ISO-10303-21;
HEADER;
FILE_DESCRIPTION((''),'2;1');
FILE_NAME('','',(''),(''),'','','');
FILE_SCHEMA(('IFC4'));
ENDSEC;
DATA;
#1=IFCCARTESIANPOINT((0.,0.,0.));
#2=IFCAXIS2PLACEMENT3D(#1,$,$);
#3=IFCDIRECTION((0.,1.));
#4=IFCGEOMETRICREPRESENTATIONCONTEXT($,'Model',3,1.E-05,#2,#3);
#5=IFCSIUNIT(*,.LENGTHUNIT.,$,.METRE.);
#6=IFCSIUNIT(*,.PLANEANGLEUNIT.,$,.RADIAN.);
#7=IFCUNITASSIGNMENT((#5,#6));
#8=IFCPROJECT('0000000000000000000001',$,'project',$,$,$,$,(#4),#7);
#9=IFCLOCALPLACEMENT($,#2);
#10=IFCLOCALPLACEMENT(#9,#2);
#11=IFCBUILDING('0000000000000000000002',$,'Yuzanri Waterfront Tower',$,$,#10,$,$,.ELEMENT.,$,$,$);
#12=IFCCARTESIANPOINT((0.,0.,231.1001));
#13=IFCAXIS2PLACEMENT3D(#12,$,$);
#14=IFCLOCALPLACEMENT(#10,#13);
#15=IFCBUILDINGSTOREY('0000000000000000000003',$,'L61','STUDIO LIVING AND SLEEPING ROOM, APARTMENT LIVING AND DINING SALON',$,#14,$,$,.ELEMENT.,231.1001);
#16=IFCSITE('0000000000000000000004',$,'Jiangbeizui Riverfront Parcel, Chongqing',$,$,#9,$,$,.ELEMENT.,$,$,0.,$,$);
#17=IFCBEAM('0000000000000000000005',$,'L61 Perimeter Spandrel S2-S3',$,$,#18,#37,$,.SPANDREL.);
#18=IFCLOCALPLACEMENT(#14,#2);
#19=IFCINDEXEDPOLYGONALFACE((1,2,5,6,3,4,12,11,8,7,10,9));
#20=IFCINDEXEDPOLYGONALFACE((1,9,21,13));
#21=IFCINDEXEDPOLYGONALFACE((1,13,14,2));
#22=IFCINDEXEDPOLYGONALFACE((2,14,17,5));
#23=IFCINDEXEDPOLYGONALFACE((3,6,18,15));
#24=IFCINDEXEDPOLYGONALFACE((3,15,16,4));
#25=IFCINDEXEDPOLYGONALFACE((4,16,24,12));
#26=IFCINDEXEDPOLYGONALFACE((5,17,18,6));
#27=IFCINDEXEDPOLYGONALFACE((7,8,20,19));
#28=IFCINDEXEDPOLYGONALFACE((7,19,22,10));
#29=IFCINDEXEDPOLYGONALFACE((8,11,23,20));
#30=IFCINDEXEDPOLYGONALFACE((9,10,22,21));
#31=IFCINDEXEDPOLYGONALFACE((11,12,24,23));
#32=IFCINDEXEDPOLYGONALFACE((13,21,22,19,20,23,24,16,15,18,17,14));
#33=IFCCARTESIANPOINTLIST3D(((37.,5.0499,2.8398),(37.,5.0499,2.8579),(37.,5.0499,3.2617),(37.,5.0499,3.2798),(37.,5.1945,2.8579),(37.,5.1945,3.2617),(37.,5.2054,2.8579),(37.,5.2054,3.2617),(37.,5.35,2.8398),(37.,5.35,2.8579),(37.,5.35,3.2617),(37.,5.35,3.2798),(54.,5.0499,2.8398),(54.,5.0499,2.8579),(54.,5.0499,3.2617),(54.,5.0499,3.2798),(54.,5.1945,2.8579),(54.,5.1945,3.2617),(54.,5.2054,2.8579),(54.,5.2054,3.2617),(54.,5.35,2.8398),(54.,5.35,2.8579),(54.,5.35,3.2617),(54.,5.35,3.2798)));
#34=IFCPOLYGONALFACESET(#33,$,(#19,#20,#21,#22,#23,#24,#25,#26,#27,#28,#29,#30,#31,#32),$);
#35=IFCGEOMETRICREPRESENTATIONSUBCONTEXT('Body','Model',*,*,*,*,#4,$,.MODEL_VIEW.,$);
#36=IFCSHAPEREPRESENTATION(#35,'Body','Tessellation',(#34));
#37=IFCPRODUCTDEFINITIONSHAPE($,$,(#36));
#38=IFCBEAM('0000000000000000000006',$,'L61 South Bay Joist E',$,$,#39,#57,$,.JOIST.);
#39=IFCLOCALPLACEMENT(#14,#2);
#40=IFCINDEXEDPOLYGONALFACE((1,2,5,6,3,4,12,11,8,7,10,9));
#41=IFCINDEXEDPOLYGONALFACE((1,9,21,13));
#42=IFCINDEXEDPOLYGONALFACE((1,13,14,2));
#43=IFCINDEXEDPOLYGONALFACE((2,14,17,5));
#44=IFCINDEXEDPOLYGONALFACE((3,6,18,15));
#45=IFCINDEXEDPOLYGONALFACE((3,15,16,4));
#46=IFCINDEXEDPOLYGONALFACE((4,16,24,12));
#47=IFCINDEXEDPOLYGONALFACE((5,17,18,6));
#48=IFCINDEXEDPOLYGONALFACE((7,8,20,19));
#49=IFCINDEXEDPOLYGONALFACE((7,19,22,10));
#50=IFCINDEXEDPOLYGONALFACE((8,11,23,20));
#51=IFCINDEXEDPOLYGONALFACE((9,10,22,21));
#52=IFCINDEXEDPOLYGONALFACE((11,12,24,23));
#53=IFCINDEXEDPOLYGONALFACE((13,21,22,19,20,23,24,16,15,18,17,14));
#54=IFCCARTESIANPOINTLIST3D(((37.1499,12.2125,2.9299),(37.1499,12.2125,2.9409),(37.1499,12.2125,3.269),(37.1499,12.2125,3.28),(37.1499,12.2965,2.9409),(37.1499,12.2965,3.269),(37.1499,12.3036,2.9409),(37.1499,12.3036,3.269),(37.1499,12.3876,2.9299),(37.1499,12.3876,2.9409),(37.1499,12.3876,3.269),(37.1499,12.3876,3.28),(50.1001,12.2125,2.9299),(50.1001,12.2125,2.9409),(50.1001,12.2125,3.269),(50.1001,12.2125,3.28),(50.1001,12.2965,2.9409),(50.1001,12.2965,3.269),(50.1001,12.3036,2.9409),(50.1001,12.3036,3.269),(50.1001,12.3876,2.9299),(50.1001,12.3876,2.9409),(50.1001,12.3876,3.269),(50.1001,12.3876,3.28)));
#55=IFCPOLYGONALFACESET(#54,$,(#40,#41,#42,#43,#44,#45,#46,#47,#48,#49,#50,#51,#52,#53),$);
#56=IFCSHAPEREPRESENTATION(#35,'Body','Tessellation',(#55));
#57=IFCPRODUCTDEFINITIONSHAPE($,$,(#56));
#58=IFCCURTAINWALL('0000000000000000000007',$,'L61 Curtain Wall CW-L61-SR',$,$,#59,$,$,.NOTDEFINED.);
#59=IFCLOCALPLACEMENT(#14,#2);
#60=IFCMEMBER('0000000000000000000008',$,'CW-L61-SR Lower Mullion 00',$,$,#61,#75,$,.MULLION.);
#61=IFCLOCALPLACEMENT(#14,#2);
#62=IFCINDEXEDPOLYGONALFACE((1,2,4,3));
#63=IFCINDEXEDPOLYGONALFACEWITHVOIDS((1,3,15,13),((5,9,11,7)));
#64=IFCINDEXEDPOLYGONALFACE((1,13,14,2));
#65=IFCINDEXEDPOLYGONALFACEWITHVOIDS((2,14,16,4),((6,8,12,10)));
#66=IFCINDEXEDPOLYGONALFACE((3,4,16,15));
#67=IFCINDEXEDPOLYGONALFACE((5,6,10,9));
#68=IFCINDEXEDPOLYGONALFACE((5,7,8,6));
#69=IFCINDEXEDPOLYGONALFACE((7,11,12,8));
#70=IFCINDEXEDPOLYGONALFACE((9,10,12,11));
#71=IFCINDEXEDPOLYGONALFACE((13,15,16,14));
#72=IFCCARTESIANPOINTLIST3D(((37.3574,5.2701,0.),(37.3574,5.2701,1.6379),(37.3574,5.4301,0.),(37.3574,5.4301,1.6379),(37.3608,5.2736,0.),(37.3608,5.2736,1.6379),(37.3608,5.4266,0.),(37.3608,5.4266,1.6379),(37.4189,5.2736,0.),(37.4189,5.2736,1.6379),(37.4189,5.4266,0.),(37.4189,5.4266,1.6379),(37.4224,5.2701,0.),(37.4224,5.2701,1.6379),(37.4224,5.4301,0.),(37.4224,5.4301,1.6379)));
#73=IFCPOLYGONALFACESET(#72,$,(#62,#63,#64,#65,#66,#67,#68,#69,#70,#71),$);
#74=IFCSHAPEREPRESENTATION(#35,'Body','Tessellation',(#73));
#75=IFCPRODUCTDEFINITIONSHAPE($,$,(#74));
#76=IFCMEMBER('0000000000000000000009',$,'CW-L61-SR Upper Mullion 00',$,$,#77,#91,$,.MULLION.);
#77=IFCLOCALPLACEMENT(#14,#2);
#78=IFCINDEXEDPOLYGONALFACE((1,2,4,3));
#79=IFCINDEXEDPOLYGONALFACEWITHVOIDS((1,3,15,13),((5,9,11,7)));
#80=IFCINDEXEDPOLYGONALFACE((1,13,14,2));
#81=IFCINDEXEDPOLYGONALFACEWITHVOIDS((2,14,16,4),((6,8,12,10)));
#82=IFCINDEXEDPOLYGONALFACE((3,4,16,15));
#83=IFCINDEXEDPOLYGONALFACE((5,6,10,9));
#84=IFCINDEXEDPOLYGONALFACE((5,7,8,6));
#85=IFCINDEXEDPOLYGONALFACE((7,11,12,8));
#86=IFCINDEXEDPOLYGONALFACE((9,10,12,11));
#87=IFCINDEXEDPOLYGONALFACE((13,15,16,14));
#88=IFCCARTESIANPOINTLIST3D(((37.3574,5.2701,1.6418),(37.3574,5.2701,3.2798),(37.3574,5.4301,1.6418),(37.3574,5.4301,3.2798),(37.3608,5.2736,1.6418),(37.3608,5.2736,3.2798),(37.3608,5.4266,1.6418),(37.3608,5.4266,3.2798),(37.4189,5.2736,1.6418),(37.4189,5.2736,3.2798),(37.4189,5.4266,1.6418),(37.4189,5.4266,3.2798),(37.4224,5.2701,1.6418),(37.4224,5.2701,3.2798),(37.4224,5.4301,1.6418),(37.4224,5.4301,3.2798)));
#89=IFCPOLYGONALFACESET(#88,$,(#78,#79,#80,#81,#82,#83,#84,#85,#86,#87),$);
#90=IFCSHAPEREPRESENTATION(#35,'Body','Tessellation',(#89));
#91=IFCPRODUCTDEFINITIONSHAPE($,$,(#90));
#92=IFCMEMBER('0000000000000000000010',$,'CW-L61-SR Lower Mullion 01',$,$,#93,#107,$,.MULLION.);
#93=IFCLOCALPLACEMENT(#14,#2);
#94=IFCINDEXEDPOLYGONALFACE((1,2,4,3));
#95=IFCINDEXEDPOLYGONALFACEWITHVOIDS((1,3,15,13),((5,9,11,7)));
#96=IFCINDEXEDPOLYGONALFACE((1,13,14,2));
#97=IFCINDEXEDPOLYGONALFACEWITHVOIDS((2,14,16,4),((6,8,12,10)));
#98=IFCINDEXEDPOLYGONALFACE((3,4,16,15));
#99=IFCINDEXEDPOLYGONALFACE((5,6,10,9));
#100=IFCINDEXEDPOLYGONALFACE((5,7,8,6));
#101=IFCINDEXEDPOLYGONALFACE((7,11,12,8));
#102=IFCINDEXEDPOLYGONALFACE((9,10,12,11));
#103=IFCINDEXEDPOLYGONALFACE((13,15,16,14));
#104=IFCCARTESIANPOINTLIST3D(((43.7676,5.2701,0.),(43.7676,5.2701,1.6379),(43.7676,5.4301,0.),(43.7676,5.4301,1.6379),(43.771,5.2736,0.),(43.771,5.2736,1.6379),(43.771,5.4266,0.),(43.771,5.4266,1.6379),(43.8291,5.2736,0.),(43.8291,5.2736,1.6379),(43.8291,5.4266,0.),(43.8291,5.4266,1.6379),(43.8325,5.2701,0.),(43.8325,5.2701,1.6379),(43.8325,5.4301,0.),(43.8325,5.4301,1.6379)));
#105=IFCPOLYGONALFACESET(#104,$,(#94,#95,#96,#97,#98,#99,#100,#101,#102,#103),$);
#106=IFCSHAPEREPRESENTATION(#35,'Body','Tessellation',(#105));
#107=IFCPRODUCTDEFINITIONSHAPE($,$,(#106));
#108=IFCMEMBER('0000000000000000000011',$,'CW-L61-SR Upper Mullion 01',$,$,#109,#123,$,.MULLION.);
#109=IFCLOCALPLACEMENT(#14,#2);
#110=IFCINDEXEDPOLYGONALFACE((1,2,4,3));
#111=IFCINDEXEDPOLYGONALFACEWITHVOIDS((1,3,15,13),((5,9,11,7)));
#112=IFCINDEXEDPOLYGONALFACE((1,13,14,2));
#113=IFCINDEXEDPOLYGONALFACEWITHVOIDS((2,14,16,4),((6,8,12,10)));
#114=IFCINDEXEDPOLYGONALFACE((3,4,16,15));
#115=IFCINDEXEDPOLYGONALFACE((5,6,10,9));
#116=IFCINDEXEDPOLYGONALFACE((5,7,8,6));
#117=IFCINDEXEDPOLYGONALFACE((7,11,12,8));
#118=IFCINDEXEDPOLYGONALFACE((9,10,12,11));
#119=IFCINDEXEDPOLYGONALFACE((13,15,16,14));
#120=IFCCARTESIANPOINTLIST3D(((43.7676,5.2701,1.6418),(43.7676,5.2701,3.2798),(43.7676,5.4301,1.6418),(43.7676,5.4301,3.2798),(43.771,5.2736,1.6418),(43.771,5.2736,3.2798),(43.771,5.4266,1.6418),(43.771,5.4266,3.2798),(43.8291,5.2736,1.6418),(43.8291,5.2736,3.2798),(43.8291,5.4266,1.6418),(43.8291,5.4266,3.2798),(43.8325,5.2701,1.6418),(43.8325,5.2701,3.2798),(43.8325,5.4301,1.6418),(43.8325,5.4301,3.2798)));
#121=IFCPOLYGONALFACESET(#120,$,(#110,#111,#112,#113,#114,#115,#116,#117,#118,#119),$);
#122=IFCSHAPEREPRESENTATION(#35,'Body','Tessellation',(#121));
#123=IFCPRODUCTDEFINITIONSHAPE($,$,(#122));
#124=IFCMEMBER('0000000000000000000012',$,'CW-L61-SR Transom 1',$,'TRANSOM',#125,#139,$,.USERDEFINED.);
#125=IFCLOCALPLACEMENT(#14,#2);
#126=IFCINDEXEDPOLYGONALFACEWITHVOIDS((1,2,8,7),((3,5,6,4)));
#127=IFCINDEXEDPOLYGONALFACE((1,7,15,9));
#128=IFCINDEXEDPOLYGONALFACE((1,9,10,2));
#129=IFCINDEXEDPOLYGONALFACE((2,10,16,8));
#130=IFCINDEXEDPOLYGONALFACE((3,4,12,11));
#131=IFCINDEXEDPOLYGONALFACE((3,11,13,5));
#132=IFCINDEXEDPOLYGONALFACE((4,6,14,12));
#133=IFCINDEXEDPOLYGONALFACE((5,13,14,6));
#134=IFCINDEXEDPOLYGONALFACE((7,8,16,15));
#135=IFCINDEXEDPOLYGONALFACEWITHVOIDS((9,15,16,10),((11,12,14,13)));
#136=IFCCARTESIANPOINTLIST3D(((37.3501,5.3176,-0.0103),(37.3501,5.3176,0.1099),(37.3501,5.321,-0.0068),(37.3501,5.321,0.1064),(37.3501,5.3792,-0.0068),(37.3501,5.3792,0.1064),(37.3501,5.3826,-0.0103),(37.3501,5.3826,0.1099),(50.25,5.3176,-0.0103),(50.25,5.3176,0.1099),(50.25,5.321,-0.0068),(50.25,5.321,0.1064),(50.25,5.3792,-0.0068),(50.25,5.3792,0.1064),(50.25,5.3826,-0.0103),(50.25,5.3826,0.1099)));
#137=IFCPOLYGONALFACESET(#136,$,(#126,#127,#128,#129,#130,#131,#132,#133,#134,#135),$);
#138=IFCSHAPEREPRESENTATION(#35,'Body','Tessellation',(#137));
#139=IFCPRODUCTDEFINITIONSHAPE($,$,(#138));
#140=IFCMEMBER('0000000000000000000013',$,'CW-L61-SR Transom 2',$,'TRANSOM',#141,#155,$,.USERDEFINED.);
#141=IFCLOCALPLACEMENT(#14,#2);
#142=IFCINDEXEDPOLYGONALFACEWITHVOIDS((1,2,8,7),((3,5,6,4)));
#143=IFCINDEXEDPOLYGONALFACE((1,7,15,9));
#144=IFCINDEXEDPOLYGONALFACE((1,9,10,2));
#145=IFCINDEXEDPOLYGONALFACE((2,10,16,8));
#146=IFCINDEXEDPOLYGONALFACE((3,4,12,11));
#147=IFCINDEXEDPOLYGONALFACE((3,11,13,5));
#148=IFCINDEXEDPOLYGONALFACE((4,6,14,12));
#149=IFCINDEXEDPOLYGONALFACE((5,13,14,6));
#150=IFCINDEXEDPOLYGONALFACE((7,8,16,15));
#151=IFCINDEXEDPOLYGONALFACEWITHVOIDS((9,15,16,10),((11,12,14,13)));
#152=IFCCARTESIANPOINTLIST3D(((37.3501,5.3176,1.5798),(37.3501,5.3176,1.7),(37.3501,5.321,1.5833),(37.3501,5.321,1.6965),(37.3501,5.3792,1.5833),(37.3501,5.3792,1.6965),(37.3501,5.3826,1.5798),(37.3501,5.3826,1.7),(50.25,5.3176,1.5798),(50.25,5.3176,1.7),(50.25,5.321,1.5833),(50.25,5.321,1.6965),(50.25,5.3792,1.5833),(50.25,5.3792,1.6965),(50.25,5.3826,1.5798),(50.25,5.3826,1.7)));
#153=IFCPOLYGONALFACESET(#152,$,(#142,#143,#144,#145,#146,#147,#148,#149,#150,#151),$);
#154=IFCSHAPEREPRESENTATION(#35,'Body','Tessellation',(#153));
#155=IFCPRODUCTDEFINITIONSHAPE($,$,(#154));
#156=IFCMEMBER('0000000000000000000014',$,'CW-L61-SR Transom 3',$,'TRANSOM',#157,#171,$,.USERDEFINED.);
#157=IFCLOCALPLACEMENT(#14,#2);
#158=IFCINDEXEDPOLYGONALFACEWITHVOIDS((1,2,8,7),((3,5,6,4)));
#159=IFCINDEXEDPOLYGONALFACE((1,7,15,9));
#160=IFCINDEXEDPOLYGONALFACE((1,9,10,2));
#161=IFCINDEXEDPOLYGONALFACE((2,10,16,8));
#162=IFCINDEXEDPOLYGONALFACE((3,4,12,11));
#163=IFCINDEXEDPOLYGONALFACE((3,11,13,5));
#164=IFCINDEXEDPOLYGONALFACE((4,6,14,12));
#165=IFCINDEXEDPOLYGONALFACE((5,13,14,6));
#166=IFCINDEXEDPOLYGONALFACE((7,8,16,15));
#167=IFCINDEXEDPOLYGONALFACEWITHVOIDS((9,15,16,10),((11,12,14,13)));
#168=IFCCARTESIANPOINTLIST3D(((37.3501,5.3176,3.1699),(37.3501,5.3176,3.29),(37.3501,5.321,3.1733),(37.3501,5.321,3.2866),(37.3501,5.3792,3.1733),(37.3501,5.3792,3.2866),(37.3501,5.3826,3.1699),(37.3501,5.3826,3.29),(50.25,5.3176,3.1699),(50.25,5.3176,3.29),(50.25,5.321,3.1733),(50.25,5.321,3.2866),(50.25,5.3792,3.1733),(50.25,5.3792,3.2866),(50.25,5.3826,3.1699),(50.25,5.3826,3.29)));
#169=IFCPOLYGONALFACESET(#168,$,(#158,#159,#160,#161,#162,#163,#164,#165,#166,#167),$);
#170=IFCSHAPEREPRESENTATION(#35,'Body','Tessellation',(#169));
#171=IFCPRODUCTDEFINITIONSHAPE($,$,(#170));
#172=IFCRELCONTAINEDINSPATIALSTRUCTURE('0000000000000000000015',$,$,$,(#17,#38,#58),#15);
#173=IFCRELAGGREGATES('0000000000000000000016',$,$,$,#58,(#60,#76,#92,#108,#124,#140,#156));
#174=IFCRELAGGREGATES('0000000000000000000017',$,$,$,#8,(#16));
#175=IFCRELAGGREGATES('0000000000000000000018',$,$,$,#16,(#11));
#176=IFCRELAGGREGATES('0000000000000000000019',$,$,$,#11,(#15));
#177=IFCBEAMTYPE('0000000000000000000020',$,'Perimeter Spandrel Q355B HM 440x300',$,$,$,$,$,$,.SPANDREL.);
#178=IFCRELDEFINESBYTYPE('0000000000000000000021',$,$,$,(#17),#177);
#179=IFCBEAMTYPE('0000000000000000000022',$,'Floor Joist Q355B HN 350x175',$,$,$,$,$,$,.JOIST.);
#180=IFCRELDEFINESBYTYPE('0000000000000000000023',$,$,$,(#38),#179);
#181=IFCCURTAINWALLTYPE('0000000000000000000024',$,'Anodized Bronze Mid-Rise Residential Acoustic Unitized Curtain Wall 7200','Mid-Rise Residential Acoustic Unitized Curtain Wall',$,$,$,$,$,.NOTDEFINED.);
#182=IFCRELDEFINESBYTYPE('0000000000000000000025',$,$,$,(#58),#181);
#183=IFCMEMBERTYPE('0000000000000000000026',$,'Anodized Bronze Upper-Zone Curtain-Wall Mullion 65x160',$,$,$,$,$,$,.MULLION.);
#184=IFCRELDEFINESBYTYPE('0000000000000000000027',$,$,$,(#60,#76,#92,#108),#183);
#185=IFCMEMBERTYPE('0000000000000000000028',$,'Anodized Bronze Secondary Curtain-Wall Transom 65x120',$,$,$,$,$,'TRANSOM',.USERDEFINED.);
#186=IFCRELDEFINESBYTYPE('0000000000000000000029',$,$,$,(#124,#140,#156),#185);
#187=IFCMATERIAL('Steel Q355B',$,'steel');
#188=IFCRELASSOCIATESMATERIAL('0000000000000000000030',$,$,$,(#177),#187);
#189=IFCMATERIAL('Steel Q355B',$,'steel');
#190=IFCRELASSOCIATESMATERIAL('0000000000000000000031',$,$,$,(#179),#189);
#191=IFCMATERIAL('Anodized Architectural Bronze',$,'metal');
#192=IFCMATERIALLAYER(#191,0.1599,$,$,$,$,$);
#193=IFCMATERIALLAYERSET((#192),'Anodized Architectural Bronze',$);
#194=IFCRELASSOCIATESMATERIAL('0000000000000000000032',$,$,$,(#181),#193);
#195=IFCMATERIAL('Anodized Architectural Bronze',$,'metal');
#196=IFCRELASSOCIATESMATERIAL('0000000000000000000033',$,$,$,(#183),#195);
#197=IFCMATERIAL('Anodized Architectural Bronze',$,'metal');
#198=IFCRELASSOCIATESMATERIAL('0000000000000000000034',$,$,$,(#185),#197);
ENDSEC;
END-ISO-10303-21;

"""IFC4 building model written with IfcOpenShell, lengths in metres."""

from ifc_helpers import new_model, si_unit, direction, frame, origin, origin_2d, place, context, subcontext, project, spatial, hollow_rectangle, i_section, extrude, source, transform, mapped, material, layer, layer_set, material_profile, profile_set, type_object, element, aggregate, save


model = new_model("IFC4")

# Units and contexts
model_context = context("Model", 3, precision=1e-05, world=origin(), true_north=direction((0.0, 1.0)))
body_context = subcontext(model_context, "Body", "Model", "MODEL_VIEW")
ifc_project = project(units=[si_unit("LENGTHUNIT", "METRE"), si_unit("PLANEANGLEUNIT", "RADIAN")], contexts=[model_context])

# Site, building, storey
site_placement = place(None, origin())
site = spatial("IfcSite", under=ifc_project, at=site_placement, Name="Jiangbeizui Riverfront Parcel, Chongqing", CompositionType="ELEMENT", RefElevation=0.0)
building_placement = place(site_placement, origin())
building = spatial("IfcBuilding", under=site, at=building_placement, Name="Yuzanri Waterfront Tower", CompositionType="ELEMENT")
storey_placement = place(building_placement, frame((0.0, 0.0, 231.1001)))
storey = spatial("IfcBuildingStorey", under=building, at=storey_placement, Name="L61", Description="STUDIO LIVING AND SLEEPING ROOM, APARTMENT LIVING AND DINING SALON", CompositionType="ELEMENT", Elevation=231.1001)

# Beams
ifc_material_1 = material(Name="Steel Q355B", Category="steel")
ifc_material_profile_1 = material_profile(ifc_material_1, i_section(OverallWidth=0.3, OverallDepth=0.4399, WebThickness=0.011, FlangeThickness=0.0181, at=origin_2d()), Name="HM 440x300x11x18")
ifc_profile_set_1 = profile_set([ifc_material_profile_1], Name="Steel Q355B")
beam_type_1 = type_object("IfcBeamType", Name="Perimeter Spandrel Q355B HM 440x300", PredefinedType="SPANDREL", material=ifc_profile_set_1)
shared_shape_1 = source(origin(), body_context, "Body", "SweptSolid", [
    extrude(i_section(OverallWidth=0.3, OverallDepth=0.4399, WebThickness=0.011, FlangeThickness=0.0181, at=origin_2d()), origin(), (0.0, 0.0, 1.0), 17.0),
])
beam_1_placement = place(storey_placement, frame((37.0, 5.2, 3.0598), z_axis=(1.0, 0.0, 0.0), x_axis=(0.0, 1.0, 0.0)))
element("IfcBeam", 1, at=beam_1_placement, inside=storey, type_object=beam_type_1, Name="L61 Perimeter Spandrel S2-S3", PredefinedType="SPANDREL", context=body_context, shape_type="MappedRepresentation", body=[
    mapped(shared_shape_1, transform((0.0, 0.0, 0.0), scale=1.0)),
])
ifc_material_2 = material(Name="Steel Q355B", Category="steel")
ifc_material_profile_2 = material_profile(ifc_material_2, i_section(OverallWidth=0.175, OverallDepth=0.3501, WebThickness=0.0071, FlangeThickness=0.011, at=origin_2d()), Name="HN 350x175x7x11")
ifc_profile_set_2 = profile_set([ifc_material_profile_2], Name="Steel Q355B")
beam_type_2 = type_object("IfcBeamType", Name="Floor Joist Q355B HN 350x175", PredefinedType="JOIST", material=ifc_profile_set_2)
shared_shape_2 = source(origin(), body_context, "Body", "SweptSolid", [
    extrude(i_section(OverallWidth=0.175, OverallDepth=0.3501, WebThickness=0.0071, FlangeThickness=0.011, at=origin_2d()), origin(), (0.0, 0.0, 1.0), 12.9502),
])
beam_2_placement = place(storey_placement, frame((37.1499, 12.3, 3.105), z_axis=(1.0, 0.0, 0.0), x_axis=(0.0, 1.0, 0.0)))
element("IfcBeam", 2, at=beam_2_placement, inside=storey, type_object=beam_type_2, Name="L61 South Bay Joist E", PredefinedType="JOIST", context=body_context, shape_type="MappedRepresentation", body=[
    mapped(shared_shape_2, transform((0.0, 0.0, 0.0), scale=1.0)),
])

# Curtain wall, members
ifc_material_3 = material(Name="Anodized Architectural Bronze", Category="metal")
ifc_layer_1 = layer(ifc_material_3, 0.1599)
ifc_layer_set_1 = layer_set([ifc_layer_1], Name="Anodized Architectural Bronze")
curtain_wall_type = type_object("IfcCurtainWallType", Name="Anodized Bronze Mid-Rise Residential Acoustic Unitized Curtain Wall 7200", Description="Mid-Rise Residential Acoustic Unitized Curtain Wall", PredefinedType="NOTDEFINED", material=ifc_layer_set_1)
curtain_wall_placement = place(storey_placement, origin())
curtain_wall = element("IfcCurtainWall", 3, at=curtain_wall_placement, inside=storey, type_object=curtain_wall_type, Name="L61 Curtain Wall CW-L61-SR", PredefinedType="NOTDEFINED")
ifc_material_4 = material(Name="Anodized Architectural Bronze", Category="metal")
ifc_material_profile_3 = material_profile(ifc_material_4, hollow_rectangle(XDim=0.0649, YDim=0.1599, WallThickness=0.0034, at=origin_2d()), Name="CWM 65x160")
ifc_profile_set_3 = profile_set([ifc_material_profile_3], Name="Anodized Architectural Bronze")
member_type_1 = type_object("IfcMemberType", Name="Anodized Bronze Upper-Zone Curtain-Wall Mullion 65x160", PredefinedType="MULLION", material=ifc_profile_set_3)
shared_shape_3 = source(origin(), body_context, "Body", "SweptSolid", [
    extrude(hollow_rectangle(XDim=0.0649, YDim=0.1599, WallThickness=0.0034, at=origin_2d()), origin(), (0.0, 0.0, 1.0), 1.6379),
])
member_1_placement = place(storey_placement, frame((37.3899, 5.3501, 0.0), z_axis=(0.0, 0.0, 1.0), x_axis=(1.0, 0.0, 0.0)))
member_1 = element("IfcMember", 4, at=member_1_placement, type_object=member_type_1, Name="CW-L61-SR Lower Mullion 00", PredefinedType="MULLION", context=body_context, shape_type="MappedRepresentation", body=[
    mapped(shared_shape_3, transform((0.0, 0.0, 0.0), scale=1.0)),
])
member_2_placement = place(storey_placement, frame((37.3899, 5.3501, 1.6418), z_axis=(0.0, 0.0, 1.0), x_axis=(1.0, 0.0, 0.0)))
member_2 = element("IfcMember", 5, at=member_2_placement, type_object=member_type_1, Name="CW-L61-SR Upper Mullion 00", PredefinedType="MULLION", context=body_context, shape_type="MappedRepresentation", body=[
    mapped(shared_shape_3, transform((0.0, 0.0, 0.0), scale=1.0)),
])
member_3_placement = place(storey_placement, frame((43.8, 5.3501, 0.0), z_axis=(0.0, 0.0, 1.0), x_axis=(1.0, 0.0, 0.0)))
member_3 = element("IfcMember", 6, at=member_3_placement, type_object=member_type_1, Name="CW-L61-SR Lower Mullion 01", PredefinedType="MULLION", context=body_context, shape_type="MappedRepresentation", body=[
    mapped(shared_shape_3, transform((0.0, 0.0, 0.0), scale=1.0)),
])
member_4_placement = place(storey_placement, frame((43.8, 5.3501, 1.6418), z_axis=(0.0, 0.0, 1.0), x_axis=(1.0, 0.0, 0.0)))
member_4 = element("IfcMember", 7, at=member_4_placement, type_object=member_type_1, Name="CW-L61-SR Upper Mullion 01", PredefinedType="MULLION", context=body_context, shape_type="MappedRepresentation", body=[
    mapped(shared_shape_3, transform((0.0, 0.0, 0.0), scale=1.0)),
])
ifc_material_5 = material(Name="Anodized Architectural Bronze", Category="metal")
ifc_material_profile_4 = material_profile(ifc_material_5, hollow_rectangle(XDim=0.0649, YDim=0.1201, WallThickness=0.0034, at=origin_2d()), Name="CWT 65x120")
ifc_profile_set_4 = profile_set([ifc_material_profile_4], Name="Anodized Architectural Bronze")
member_type_2 = type_object("IfcMemberType", Name="Anodized Bronze Secondary Curtain-Wall Transom 65x120", ElementType="TRANSOM", PredefinedType="USERDEFINED", material=ifc_profile_set_4)
shared_shape_4 = source(origin(), body_context, "Body", "SweptSolid", [
    extrude(hollow_rectangle(XDim=0.0649, YDim=0.1201, WallThickness=0.0034, at=origin_2d()), origin(), (0.0, 0.0, 1.0), 12.8999),
])
member_5_placement = place(storey_placement, frame((37.3501, 5.3501, 0.0498), z_axis=(1.0, 0.0, 0.0), x_axis=(0.0, 1.0, 0.0)))
member_5 = element("IfcMember", 8, at=member_5_placement, type_object=member_type_2, Name="CW-L61-SR Transom 1", ObjectType="TRANSOM", PredefinedType="USERDEFINED", context=body_context, shape_type="MappedRepresentation", body=[
    mapped(shared_shape_4, transform((0.0, 0.0, 0.0), scale=1.0)),
])
member_6_placement = place(storey_placement, frame((37.3501, 5.3501, 1.6399), z_axis=(1.0, 0.0, 0.0), x_axis=(0.0, 1.0, 0.0)))
member_6 = element("IfcMember", 9, at=member_6_placement, type_object=member_type_2, Name="CW-L61-SR Transom 2", ObjectType="TRANSOM", PredefinedType="USERDEFINED", context=body_context, shape_type="MappedRepresentation", body=[
    mapped(shared_shape_4, transform((0.0, 0.0, 0.0), scale=1.0)),
])
member_7_placement = place(storey_placement, frame((37.3501, 5.3501, 3.23), z_axis=(1.0, 0.0, 0.0), x_axis=(0.0, 1.0, 0.0)))
member_7 = element("IfcMember", 10, at=member_7_placement, type_object=member_type_2, Name="CW-L61-SR Transom 3", ObjectType="TRANSOM", PredefinedType="USERDEFINED", context=body_context, shape_type="MappedRepresentation", body=[
    mapped(shared_shape_4, transform((0.0, 0.0, 0.0), scale=1.0)),
])
aggregate(curtain_wall, [member_1, member_2, member_3, member_4, member_5, member_6, member_7])

save(model, "model.ifc")
